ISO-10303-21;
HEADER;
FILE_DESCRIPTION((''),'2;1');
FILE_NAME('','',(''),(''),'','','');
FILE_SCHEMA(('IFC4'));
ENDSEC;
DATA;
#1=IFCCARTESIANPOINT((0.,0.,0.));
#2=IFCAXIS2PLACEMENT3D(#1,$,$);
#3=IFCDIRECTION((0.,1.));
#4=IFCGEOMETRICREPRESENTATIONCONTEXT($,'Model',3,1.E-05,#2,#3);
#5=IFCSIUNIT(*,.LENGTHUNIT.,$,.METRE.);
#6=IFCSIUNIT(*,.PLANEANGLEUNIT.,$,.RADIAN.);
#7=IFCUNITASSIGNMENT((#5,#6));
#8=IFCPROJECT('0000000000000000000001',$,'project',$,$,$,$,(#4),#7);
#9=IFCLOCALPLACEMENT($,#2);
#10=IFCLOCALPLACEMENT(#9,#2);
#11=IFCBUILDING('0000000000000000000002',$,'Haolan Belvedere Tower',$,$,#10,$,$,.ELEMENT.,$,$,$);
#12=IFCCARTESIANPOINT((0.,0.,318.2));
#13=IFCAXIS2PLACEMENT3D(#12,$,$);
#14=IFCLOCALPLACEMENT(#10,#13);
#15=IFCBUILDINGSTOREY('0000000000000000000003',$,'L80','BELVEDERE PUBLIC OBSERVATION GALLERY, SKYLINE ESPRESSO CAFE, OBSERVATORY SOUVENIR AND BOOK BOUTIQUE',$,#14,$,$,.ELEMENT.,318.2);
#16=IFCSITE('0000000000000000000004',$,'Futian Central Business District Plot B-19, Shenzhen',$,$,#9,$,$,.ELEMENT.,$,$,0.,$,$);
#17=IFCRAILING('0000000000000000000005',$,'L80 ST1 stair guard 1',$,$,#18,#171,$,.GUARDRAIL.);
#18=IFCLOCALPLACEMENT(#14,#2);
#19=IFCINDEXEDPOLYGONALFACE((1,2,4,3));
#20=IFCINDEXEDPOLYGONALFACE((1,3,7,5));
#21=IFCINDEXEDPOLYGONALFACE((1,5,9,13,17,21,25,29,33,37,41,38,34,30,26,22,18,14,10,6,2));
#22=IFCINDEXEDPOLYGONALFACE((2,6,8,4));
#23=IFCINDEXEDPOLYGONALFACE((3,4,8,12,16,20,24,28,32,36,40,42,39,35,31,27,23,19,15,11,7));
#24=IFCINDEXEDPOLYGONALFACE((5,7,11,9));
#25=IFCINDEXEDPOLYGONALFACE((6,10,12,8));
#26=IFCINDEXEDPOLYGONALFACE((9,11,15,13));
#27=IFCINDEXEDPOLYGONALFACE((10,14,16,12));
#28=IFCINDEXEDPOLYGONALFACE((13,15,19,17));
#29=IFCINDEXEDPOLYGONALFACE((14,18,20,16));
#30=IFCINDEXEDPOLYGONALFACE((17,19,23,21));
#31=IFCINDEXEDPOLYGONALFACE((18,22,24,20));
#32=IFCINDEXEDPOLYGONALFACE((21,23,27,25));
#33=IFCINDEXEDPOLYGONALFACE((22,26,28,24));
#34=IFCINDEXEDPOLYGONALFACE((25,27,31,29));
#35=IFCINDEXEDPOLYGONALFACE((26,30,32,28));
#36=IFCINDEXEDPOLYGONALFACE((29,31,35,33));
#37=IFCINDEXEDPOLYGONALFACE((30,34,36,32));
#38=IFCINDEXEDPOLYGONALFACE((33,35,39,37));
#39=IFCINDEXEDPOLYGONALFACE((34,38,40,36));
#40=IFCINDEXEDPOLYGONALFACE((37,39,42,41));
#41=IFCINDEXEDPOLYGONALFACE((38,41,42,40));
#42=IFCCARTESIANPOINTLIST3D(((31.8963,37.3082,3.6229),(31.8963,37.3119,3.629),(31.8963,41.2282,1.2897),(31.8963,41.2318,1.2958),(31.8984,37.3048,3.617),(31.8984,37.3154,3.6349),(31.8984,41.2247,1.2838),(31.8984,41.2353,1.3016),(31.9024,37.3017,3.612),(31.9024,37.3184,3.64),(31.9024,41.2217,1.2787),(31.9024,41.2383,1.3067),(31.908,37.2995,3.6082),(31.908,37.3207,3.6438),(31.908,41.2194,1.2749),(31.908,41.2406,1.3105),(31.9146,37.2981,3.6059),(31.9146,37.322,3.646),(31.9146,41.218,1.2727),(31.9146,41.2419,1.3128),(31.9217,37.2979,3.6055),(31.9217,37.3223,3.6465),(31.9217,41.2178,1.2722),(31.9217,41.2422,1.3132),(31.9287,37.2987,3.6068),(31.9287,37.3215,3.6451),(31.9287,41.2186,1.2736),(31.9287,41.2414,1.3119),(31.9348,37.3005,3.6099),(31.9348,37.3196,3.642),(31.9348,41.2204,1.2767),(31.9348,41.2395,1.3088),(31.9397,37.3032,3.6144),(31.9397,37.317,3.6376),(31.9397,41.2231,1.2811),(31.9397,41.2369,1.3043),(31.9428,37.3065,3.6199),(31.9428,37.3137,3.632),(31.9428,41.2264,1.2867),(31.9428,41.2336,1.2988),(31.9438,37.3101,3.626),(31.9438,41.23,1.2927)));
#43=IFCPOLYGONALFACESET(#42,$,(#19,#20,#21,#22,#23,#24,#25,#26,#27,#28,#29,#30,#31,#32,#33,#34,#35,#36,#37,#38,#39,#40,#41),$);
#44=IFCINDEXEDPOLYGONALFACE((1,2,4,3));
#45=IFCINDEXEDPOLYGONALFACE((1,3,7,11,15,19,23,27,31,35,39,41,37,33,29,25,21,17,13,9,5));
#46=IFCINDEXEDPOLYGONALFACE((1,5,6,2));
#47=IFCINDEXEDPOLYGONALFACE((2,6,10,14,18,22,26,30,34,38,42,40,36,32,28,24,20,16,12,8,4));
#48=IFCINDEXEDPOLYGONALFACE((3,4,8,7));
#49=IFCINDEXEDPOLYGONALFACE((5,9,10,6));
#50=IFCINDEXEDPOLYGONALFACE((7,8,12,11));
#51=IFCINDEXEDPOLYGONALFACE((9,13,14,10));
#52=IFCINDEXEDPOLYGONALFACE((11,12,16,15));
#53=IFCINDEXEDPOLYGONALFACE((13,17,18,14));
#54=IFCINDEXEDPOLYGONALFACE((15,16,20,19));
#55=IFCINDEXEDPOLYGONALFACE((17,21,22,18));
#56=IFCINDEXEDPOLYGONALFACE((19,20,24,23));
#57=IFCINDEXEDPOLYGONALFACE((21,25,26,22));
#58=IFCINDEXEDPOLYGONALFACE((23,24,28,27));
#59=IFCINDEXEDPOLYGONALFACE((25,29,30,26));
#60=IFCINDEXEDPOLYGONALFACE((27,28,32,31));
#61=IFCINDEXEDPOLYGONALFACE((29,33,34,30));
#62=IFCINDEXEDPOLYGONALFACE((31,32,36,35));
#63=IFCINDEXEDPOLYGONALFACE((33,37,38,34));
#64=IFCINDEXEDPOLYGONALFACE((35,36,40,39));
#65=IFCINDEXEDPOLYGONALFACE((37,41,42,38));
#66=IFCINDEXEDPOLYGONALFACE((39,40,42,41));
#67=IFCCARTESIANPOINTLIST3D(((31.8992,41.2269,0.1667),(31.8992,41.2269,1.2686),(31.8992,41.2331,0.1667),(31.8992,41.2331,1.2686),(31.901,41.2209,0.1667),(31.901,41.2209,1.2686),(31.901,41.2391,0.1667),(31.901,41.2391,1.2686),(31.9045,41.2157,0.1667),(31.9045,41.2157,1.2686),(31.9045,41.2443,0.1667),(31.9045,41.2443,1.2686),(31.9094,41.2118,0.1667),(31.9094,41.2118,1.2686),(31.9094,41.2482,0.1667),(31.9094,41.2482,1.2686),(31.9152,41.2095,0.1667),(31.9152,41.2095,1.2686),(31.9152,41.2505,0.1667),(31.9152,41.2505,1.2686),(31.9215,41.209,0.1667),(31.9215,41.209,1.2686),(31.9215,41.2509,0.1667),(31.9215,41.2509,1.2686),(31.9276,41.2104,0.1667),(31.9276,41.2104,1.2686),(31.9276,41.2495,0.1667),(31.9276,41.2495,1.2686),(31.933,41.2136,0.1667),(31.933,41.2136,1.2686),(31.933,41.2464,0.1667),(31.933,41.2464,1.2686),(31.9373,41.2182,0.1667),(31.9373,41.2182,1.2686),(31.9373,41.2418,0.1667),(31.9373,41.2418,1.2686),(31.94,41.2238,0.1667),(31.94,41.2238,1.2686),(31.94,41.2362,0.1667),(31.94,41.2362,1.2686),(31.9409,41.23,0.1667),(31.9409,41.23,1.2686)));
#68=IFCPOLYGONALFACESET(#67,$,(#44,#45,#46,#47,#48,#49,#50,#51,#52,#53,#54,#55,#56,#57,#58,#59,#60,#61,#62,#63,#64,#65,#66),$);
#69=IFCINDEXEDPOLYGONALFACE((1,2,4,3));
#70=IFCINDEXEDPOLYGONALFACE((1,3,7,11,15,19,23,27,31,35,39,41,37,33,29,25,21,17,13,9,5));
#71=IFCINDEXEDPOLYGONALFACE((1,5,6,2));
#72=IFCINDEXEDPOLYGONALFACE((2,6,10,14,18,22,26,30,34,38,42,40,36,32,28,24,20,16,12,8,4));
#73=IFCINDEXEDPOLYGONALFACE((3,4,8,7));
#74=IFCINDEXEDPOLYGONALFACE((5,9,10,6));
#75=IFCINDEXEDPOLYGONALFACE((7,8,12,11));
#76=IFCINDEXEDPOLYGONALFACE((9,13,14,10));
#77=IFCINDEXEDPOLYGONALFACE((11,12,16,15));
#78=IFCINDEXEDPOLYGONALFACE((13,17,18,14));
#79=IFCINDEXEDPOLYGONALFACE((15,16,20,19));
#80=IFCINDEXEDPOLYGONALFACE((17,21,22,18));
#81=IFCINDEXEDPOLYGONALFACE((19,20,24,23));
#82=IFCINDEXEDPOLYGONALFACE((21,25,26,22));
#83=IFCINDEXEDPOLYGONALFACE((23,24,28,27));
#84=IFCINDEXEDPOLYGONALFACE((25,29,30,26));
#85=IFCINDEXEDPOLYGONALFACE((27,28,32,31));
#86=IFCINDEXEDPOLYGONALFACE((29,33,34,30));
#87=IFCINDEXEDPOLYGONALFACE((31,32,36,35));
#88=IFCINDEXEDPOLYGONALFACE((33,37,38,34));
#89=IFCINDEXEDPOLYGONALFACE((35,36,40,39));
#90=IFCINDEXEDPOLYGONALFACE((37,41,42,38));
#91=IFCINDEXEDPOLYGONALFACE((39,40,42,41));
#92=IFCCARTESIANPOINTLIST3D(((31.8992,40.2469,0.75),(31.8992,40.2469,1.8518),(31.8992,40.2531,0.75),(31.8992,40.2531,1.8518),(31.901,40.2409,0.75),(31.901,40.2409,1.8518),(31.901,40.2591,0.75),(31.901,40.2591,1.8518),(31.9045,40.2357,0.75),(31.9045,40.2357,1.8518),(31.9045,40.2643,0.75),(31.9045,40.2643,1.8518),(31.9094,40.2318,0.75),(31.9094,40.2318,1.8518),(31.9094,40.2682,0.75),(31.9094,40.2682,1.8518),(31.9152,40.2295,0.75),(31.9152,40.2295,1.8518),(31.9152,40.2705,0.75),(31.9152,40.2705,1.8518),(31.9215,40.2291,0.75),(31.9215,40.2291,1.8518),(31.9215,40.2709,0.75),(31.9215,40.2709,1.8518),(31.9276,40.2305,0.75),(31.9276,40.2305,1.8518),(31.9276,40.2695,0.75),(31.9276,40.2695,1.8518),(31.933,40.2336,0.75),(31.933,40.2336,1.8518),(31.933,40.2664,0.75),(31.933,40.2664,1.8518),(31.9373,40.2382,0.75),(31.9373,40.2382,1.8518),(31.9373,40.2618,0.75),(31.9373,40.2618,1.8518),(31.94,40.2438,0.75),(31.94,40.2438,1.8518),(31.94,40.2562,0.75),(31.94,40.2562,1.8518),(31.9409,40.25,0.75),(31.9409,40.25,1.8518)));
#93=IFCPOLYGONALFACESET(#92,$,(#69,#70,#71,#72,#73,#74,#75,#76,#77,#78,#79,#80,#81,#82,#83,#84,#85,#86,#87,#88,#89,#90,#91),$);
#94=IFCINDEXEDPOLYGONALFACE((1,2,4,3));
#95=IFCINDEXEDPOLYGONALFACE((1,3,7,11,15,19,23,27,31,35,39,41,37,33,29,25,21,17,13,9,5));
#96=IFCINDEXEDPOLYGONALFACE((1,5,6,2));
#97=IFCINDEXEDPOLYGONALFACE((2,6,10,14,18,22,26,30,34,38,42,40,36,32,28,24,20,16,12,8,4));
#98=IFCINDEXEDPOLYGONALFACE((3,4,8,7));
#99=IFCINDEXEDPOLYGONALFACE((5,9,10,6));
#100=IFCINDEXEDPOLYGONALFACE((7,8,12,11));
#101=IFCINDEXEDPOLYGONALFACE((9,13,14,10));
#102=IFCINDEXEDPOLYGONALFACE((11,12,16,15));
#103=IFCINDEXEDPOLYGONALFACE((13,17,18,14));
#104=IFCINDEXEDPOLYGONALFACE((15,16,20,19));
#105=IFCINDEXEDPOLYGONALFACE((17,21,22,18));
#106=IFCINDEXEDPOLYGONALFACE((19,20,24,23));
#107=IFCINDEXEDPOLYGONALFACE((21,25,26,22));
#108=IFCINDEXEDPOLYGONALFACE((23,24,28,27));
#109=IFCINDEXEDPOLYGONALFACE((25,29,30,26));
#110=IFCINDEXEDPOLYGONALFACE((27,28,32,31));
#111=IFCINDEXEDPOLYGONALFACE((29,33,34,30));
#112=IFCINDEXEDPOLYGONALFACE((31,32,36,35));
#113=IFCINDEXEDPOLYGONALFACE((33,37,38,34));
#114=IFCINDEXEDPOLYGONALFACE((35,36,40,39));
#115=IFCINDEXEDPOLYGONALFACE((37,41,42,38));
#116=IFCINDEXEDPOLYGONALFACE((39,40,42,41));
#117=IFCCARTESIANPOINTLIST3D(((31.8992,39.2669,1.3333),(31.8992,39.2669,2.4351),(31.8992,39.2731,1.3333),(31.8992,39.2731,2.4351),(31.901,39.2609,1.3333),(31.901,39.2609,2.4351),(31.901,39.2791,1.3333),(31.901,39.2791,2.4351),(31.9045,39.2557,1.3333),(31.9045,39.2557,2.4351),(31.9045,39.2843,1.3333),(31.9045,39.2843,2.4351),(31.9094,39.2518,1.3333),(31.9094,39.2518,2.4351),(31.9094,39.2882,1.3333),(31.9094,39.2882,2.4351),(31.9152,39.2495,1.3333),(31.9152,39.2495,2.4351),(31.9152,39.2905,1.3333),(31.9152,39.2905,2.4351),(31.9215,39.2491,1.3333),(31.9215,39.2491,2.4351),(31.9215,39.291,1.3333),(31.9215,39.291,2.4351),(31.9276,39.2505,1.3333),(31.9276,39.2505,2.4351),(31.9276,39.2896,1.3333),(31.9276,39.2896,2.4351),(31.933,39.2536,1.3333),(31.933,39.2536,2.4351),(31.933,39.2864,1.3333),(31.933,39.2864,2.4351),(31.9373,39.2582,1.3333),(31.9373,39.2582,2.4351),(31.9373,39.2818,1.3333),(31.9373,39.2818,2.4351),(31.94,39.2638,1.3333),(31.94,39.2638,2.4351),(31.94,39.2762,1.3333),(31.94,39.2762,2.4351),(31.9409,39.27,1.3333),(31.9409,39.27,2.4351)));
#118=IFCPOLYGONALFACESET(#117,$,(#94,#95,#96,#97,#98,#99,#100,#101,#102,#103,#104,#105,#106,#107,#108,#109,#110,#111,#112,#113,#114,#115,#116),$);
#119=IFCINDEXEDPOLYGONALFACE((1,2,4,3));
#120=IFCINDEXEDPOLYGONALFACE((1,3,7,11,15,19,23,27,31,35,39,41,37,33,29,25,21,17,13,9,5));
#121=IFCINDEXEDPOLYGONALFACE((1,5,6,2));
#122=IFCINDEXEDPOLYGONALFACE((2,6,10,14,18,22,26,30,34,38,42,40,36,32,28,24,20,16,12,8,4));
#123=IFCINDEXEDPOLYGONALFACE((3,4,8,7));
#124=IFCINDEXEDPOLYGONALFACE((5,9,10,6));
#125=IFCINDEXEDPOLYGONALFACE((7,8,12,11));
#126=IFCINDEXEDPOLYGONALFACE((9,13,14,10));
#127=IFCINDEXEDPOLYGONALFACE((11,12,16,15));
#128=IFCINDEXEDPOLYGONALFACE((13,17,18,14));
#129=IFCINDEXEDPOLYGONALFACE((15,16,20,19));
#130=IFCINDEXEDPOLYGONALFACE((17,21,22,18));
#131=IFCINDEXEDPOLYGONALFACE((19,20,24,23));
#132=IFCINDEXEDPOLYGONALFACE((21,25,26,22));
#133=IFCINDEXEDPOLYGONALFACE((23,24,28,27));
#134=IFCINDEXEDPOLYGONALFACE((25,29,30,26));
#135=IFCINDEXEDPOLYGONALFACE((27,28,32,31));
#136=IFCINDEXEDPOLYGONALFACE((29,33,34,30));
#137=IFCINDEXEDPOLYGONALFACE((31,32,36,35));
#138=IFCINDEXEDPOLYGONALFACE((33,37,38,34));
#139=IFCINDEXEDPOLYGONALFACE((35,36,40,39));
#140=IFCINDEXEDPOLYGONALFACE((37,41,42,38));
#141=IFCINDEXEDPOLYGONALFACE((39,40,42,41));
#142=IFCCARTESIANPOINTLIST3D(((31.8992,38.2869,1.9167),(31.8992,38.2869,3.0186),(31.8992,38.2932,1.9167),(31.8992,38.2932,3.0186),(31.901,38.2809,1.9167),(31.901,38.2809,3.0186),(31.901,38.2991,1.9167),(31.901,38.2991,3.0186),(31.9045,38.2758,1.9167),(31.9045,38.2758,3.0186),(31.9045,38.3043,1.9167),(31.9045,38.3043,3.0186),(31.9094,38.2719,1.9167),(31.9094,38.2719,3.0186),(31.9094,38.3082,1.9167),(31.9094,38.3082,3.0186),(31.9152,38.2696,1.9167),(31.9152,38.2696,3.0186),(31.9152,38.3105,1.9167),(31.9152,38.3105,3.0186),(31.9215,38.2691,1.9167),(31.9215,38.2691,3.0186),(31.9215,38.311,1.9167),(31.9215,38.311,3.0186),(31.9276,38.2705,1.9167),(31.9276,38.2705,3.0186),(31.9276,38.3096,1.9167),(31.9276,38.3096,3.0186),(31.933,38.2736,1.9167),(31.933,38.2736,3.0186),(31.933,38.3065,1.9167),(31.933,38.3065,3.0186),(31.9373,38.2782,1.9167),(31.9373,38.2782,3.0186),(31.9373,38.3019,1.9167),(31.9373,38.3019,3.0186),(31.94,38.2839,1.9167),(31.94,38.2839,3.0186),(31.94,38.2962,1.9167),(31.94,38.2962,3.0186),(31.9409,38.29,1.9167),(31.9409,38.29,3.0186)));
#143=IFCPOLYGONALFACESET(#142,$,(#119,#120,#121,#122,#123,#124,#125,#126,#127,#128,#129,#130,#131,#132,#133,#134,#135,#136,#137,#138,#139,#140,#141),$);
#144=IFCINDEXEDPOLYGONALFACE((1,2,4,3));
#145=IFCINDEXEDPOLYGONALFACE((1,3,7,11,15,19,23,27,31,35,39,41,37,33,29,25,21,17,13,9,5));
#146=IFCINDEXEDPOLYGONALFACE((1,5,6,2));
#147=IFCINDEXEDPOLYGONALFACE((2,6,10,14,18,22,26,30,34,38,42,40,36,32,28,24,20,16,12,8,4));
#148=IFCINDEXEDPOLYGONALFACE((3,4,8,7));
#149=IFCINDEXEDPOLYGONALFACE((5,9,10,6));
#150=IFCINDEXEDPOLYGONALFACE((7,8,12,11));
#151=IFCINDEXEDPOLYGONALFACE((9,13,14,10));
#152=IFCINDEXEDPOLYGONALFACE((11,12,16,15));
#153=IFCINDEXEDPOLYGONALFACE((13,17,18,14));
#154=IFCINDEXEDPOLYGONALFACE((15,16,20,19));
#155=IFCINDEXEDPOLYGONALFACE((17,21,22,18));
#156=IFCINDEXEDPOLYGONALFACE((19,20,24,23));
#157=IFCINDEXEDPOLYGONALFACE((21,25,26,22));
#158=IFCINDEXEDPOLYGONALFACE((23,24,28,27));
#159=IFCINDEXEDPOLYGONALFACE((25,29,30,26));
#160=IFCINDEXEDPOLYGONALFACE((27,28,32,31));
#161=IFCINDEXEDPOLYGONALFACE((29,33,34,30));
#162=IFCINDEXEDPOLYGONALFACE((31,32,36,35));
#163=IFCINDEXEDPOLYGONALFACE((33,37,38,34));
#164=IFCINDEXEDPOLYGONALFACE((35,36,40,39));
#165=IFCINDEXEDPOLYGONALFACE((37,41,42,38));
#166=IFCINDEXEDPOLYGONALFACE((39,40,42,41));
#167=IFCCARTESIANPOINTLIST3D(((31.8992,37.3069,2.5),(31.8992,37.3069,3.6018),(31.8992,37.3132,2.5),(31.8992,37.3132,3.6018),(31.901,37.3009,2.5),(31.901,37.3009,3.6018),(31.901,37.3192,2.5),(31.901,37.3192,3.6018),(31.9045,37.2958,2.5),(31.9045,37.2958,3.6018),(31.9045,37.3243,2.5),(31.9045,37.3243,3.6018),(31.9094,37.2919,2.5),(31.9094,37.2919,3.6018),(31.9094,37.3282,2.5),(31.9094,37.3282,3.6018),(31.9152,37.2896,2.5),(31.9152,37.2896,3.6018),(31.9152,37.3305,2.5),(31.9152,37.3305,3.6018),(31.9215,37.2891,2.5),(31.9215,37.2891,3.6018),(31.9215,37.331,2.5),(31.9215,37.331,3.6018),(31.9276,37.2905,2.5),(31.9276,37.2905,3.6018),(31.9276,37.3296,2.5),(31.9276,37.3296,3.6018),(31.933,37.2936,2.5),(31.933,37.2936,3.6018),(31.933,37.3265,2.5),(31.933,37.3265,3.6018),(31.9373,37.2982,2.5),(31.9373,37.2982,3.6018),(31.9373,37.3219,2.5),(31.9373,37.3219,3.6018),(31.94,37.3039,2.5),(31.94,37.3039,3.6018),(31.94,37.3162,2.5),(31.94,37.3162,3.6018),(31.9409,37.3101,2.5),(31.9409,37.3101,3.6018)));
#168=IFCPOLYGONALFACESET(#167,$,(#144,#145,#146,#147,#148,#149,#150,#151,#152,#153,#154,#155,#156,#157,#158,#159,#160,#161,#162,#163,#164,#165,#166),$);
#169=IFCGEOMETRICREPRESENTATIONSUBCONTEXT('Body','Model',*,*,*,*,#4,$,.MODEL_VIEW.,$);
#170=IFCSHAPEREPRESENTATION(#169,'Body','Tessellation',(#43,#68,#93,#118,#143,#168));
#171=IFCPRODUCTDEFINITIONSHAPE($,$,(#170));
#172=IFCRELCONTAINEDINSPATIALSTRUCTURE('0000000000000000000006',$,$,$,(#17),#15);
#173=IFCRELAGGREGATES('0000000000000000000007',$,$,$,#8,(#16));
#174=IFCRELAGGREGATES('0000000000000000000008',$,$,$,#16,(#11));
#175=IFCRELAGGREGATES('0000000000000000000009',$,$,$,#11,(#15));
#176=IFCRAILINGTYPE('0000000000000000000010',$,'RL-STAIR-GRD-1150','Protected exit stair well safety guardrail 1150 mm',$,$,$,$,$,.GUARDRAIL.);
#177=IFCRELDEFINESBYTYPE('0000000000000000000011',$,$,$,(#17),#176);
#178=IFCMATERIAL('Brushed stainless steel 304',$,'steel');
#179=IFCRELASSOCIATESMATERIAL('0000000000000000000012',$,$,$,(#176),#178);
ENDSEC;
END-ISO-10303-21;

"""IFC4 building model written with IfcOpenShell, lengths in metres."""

from ifc_helpers import new_model, si_unit, direction, frame, origin, origin_2d, place, context, subcontext, project, spatial, circle, extrude, material, type_object, element, save


model = new_model("IFC4")

# Units and contexts
model_context = context("Model", 3, precision=1e-05, world=origin(), true_north=direction((0.0, 1.0)))
body_context = subcontext(model_context, "Body", "Model", "MODEL_VIEW")
ifc_project = project(units=[si_unit("LENGTHUNIT", "METRE"), si_unit("PLANEANGLEUNIT", "RADIAN")], contexts=[model_context])

# Site, building, storey
site_placement = place(None, origin())
site = spatial("IfcSite", under=ifc_project, at=site_placement, Name="Futian Central Business District Plot B-19, Shenzhen", CompositionType="ELEMENT", RefElevation=0.0)
building_placement = place(site_placement, origin())
building = spatial("IfcBuilding", under=site, at=building_placement, Name="Haolan Belvedere Tower", CompositionType="ELEMENT")
storey_placement = place(building_placement, frame((0.0, 0.0, 318.2)))
storey = spatial("IfcBuildingStorey", under=building, at=storey_placement, Name="L80", Description="BELVEDERE PUBLIC OBSERVATION GALLERY, SKYLINE ESPRESSO CAFE, OBSERVATORY SOUVENIR AND BOOK BOUTIQUE", CompositionType="ELEMENT", Elevation=318.2)

# Railing
ifc_material_1 = material(Name="Brushed stainless steel 304", Category="steel")
railing_type_1 = type_object("IfcRailingType", Name="RL-STAIR-GRD-1150", Description="Protected exit stair well safety guardrail 1150 mm", PredefinedType="GUARDRAIL", material=ifc_material_1)
railing_1_placement = place(storey_placement, frame((31.9199, 41.23, 0.1667)))
element("IfcRailing", 1, at=railing_1_placement, inside=storey, type_object=railing_type_1, Name="L80 ST1 stair guard 1", PredefinedType="GUARDRAIL", context=body_context, shape_type="SweptSolid", body=[
    extrude(circle(Radius=0.0239, at=origin_2d()), frame((0.0, 0.0, 1.126), z_axis=(0.0, -0.859296, 0.511478), x_axis=(1.0, 0.0, 0.0)), (0.0, 0.0, 1.0), 4.5618),
    extrude(circle(Radius=0.021, at=origin_2d()), origin(), (0.0, 0.0, 1.0), 1.1018),
    extrude(circle(Radius=0.021, at=origin_2d()), frame((0.0, -0.98, 0.5833)), (0.0, 0.0, 1.0), 1.1018),
    extrude(circle(Radius=0.021, at=origin_2d()), frame((0.0, -1.96, 1.1665)), (0.0, 0.0, 1.0), 1.1018),
    extrude(circle(Radius=0.021, at=origin_2d()), frame((0.0, -2.9399, 1.75)), (0.0, 0.0, 1.0), 1.1018),
    extrude(circle(Radius=0.021, at=origin_2d()), frame((0.0, -3.9199, 2.3333)), (0.0, 0.0, 1.0), 1.1018),
])

save(model, "model.ifc")
